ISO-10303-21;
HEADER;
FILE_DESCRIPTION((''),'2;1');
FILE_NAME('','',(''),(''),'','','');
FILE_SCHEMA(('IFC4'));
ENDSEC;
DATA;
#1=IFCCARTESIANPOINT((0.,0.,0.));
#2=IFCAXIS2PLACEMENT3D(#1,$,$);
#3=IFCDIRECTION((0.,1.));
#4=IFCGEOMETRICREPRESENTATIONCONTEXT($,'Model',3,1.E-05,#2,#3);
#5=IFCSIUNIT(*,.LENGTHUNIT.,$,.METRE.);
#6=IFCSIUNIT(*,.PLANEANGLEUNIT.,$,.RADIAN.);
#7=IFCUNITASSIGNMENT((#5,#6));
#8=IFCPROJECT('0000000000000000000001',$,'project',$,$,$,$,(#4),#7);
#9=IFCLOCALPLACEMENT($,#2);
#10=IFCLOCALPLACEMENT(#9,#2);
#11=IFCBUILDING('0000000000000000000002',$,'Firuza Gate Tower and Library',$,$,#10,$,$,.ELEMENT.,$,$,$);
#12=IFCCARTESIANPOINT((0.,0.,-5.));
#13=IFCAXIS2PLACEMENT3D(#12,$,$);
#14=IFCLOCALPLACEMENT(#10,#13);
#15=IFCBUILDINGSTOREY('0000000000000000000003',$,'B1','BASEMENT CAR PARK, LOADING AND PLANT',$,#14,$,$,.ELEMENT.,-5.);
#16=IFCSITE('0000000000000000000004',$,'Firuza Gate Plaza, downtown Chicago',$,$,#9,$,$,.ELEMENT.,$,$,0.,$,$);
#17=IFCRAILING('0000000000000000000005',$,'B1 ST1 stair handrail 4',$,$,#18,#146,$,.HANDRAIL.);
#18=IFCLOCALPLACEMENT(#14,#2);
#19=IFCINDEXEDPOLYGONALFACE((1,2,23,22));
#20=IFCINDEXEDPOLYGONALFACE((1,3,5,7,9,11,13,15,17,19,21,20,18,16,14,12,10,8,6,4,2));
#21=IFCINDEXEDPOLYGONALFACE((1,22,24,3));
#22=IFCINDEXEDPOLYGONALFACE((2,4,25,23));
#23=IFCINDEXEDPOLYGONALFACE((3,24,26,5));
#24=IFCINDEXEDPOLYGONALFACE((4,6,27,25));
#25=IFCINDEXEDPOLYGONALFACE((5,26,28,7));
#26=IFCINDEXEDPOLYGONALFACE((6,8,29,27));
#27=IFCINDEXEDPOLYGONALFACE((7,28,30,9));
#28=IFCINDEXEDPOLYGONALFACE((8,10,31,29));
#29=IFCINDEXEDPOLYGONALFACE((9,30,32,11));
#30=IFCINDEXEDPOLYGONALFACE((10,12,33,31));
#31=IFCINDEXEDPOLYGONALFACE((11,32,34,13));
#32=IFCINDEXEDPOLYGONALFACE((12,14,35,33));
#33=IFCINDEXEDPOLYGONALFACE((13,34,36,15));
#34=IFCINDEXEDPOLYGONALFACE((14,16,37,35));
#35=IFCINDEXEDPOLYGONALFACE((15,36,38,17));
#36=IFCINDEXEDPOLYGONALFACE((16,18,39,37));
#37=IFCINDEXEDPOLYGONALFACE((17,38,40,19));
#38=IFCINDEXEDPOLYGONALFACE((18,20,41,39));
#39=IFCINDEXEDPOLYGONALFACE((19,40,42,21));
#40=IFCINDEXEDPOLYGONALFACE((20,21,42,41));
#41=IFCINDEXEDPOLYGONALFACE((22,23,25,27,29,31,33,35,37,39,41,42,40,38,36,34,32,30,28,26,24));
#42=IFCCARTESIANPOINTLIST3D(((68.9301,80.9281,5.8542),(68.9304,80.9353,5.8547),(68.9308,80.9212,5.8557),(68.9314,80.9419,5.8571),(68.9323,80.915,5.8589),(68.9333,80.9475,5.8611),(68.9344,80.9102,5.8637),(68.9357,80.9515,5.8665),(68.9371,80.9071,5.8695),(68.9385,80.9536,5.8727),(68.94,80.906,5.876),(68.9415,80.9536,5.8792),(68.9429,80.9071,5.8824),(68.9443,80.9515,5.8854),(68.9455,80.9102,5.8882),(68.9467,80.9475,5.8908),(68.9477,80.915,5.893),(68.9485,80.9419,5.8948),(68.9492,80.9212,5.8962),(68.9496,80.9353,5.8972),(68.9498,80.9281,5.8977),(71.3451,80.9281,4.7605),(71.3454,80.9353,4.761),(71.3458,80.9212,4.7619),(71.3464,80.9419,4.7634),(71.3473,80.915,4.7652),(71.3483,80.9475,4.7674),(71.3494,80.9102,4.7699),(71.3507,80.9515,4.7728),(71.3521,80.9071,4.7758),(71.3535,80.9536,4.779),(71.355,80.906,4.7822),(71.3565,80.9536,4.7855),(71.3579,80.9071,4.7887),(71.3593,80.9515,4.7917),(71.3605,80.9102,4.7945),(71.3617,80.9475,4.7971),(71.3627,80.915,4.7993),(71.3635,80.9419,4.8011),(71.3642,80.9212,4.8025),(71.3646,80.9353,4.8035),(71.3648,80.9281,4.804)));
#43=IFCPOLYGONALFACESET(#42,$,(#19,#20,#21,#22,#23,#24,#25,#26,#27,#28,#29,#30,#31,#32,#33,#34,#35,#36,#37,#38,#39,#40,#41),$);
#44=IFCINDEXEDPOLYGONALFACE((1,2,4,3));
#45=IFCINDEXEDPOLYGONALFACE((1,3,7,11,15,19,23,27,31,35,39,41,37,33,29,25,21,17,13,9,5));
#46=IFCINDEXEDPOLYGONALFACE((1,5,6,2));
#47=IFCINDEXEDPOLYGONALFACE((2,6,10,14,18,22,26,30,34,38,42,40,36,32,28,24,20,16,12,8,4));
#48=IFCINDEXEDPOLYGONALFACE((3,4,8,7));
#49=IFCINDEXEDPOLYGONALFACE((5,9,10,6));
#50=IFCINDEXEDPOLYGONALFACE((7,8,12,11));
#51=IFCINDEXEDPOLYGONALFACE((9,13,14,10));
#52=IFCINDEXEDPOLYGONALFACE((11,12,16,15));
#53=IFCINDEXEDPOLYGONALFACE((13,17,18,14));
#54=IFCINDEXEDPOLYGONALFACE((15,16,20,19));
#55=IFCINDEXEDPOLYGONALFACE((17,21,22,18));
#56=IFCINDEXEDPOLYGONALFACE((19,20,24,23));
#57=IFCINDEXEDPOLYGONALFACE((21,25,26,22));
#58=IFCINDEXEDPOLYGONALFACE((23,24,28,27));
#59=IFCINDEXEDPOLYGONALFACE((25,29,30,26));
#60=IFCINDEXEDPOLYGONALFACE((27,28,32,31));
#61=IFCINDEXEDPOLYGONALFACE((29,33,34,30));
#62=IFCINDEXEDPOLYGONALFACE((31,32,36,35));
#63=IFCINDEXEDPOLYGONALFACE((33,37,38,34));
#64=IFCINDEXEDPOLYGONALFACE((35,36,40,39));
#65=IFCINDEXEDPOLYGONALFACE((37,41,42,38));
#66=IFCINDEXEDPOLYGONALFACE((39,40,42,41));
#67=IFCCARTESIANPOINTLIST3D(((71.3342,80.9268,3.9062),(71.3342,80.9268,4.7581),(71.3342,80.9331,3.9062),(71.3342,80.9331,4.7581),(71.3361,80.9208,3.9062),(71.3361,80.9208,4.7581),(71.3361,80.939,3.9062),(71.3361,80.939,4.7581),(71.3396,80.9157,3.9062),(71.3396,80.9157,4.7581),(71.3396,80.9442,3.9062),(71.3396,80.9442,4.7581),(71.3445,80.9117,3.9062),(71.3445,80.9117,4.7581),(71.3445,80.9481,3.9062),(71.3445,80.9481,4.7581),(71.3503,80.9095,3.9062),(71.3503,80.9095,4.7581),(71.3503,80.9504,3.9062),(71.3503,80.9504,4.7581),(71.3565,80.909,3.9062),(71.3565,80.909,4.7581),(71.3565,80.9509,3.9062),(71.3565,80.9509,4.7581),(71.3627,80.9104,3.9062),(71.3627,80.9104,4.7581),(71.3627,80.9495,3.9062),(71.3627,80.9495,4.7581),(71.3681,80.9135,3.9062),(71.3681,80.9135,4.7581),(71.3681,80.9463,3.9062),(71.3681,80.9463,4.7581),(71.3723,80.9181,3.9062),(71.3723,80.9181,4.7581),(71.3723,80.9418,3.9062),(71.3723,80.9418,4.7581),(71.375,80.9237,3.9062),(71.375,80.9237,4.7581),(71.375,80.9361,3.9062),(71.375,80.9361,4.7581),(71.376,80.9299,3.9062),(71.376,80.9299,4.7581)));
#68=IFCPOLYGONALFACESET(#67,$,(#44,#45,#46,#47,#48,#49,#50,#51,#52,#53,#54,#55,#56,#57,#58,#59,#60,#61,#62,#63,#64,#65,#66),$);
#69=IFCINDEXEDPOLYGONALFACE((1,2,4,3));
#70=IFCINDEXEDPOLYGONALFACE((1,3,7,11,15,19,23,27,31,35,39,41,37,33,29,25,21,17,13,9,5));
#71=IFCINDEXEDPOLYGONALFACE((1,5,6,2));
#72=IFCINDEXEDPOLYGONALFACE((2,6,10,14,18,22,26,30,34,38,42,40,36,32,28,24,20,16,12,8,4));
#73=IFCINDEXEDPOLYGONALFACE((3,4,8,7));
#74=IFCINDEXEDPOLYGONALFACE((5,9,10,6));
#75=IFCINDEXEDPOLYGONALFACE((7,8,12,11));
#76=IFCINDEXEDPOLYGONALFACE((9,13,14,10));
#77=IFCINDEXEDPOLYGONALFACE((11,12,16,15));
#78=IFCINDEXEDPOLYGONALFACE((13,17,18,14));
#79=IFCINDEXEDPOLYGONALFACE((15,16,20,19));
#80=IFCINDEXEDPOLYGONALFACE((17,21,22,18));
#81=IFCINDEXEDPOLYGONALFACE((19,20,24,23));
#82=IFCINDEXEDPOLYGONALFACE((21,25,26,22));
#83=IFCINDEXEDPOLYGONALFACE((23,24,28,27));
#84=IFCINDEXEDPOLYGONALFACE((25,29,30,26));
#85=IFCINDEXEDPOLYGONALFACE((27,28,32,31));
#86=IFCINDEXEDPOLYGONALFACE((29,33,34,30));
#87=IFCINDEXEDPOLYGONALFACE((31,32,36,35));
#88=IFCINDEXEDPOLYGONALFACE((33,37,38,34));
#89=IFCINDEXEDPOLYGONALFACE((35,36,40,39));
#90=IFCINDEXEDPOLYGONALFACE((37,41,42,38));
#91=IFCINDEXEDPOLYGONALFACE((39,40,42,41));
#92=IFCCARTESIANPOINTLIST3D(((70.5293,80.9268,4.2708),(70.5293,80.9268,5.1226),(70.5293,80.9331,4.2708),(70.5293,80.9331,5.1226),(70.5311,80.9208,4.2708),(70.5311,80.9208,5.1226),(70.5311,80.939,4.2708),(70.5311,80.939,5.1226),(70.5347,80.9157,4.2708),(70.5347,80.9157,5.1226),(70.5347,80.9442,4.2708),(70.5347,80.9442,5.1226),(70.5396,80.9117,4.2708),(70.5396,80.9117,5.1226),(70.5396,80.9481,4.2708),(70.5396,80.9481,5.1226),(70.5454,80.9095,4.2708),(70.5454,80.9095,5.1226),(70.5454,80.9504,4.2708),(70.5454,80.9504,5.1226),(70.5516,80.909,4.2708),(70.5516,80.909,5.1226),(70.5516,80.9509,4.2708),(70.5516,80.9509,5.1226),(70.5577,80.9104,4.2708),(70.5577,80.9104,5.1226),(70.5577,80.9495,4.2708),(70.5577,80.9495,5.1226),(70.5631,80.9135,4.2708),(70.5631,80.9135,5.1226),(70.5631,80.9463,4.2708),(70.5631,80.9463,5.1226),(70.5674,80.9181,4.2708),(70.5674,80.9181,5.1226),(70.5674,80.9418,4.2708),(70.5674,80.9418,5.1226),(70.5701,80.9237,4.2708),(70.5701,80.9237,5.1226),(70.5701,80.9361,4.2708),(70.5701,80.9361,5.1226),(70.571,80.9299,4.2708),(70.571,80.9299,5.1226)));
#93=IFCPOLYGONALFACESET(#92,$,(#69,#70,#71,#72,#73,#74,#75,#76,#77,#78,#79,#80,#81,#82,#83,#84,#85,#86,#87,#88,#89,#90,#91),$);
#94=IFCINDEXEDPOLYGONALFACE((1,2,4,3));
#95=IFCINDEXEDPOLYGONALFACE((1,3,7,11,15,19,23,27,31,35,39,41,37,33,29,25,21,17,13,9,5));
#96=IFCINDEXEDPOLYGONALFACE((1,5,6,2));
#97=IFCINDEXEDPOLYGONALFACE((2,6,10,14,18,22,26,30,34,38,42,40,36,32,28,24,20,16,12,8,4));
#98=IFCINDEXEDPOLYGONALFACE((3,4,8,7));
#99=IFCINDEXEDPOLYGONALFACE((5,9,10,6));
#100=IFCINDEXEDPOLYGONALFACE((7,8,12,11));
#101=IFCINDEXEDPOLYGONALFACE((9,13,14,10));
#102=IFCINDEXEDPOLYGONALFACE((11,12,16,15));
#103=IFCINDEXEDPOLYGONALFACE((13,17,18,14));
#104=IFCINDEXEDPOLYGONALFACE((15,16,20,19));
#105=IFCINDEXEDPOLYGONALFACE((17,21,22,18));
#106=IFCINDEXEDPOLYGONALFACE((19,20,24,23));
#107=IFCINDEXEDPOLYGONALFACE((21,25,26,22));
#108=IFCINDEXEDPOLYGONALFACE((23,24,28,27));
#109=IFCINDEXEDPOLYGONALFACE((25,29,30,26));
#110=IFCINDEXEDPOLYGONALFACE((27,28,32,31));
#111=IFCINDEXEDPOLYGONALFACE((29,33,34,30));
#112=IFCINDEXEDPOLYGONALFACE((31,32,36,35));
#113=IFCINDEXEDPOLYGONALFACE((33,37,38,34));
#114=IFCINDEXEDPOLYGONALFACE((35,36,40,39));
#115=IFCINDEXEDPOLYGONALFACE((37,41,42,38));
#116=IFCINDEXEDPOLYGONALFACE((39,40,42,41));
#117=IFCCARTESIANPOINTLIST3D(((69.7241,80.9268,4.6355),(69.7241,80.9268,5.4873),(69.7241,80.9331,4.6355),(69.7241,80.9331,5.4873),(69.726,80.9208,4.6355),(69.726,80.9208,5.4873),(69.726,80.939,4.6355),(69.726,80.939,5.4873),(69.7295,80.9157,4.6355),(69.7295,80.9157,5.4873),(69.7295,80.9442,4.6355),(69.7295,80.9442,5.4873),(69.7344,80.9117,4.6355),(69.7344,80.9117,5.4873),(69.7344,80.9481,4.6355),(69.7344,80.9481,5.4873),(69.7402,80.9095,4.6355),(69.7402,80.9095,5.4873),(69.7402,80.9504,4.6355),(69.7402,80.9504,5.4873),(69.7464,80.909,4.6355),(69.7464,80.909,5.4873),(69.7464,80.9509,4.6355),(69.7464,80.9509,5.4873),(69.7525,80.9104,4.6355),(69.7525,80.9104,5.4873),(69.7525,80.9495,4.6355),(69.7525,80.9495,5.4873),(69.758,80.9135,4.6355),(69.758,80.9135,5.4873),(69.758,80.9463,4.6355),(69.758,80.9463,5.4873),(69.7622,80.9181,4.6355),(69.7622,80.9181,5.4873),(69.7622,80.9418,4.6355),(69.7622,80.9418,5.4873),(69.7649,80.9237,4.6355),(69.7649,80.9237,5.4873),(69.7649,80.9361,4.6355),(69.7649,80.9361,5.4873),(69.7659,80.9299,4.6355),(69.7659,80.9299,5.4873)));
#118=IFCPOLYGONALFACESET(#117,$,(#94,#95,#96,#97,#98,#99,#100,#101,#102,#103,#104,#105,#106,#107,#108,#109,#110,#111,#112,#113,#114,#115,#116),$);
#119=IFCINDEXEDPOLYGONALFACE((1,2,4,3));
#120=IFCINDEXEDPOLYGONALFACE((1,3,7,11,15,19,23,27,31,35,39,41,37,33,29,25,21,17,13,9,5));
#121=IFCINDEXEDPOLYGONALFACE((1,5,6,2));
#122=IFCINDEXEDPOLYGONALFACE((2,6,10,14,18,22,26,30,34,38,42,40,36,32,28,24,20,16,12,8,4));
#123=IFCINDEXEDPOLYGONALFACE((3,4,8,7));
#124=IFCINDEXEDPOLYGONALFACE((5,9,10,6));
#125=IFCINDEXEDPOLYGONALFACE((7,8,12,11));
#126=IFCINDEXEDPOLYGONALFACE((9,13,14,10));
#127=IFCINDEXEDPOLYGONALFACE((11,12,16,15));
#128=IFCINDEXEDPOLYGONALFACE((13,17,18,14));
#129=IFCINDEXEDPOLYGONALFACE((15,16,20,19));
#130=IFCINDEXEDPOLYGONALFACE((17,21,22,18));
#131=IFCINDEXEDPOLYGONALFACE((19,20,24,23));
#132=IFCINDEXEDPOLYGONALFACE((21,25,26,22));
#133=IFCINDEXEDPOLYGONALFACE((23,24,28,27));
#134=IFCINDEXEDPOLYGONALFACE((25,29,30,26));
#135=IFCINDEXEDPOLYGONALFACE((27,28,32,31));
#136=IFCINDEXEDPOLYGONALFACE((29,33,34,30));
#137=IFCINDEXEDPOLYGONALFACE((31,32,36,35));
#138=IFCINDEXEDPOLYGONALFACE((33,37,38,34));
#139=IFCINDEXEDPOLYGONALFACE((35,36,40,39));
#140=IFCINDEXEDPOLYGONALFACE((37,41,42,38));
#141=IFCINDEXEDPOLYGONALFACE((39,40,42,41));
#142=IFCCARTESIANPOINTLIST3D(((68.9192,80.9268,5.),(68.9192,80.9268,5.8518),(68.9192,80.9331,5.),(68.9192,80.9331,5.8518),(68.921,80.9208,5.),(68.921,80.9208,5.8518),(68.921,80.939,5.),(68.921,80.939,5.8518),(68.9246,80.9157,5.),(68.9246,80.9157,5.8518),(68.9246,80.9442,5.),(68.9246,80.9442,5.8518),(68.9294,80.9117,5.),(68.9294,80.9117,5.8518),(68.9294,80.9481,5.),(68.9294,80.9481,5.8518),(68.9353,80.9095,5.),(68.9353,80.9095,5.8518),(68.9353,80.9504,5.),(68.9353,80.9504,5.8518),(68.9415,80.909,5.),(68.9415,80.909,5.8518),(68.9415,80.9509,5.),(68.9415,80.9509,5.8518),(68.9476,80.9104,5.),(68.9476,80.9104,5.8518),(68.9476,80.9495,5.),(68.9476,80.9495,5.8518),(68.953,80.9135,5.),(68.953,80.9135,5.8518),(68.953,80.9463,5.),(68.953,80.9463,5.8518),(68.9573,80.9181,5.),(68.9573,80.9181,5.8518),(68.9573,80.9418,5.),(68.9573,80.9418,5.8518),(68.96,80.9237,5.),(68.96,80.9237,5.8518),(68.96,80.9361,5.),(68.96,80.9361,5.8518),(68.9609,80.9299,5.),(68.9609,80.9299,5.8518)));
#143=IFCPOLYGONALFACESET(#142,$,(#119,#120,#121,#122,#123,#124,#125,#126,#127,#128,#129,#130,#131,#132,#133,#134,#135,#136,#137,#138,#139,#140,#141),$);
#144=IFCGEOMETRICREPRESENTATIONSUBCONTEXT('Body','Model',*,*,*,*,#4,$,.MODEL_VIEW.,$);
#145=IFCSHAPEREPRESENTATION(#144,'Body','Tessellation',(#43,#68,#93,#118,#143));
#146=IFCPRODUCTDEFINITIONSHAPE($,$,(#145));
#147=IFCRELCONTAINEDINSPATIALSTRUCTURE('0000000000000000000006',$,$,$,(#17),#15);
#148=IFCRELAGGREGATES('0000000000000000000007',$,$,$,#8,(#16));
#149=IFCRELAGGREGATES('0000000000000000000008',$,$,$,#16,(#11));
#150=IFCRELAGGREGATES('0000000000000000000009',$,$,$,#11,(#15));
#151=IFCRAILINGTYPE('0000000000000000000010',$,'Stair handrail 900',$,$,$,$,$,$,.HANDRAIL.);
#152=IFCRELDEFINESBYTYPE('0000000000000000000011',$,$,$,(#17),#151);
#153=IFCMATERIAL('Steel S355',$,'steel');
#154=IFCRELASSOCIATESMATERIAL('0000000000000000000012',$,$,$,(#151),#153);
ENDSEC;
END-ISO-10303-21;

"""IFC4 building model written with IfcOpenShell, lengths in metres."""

from ifc_helpers import new_model, si_unit, direction, frame, origin, origin_2d, place, context, subcontext, project, spatial, circle, extrude, material, type_object, element, save


model = new_model("IFC4")

# Units and contexts
model_context = context("Model", 3, precision=1e-05, world=origin(), true_north=direction((0.0, 1.0)))
body_context = subcontext(model_context, "Body", "Model", "MODEL_VIEW")
ifc_project = project(units=[si_unit("LENGTHUNIT", "METRE"), si_unit("PLANEANGLEUNIT", "RADIAN")], contexts=[model_context])

# Site, building, storey
site_placement = place(None, origin())
site = spatial("IfcSite", under=ifc_project, at=site_placement, Name="Firuza Gate Plaza, downtown Chicago", CompositionType="ELEMENT", RefElevation=0.0)
building_placement = place(site_placement, origin())
building = spatial("IfcBuilding", under=site, at=building_placement, Name="Firuza Gate Tower and Library", CompositionType="ELEMENT")
storey_placement = place(building_placement, frame((0.0, 0.0, -5.0)))
storey = spatial("IfcBuildingStorey", under=building, at=storey_placement, Name="B1", Description="BASEMENT CAR PARK, LOADING AND PLANT", CompositionType="ELEMENT", Elevation=-5.0)

# Railing
ifc_material_1 = material(Name="Steel S355", Category="steel")
railing_type_1 = type_object("IfcRailingType", Name="Stair handrail 900", PredefinedType="HANDRAIL", material=ifc_material_1)
for number, where, name in (
    (1, (71.355, 80.9299, 3.9062), "B1 ST1 stair handrail 4"),
):
    element("IfcRailing", number, at=place(storey_placement, frame(where)), inside=storey, type_object=railing_type_1, Name=name, PredefinedType="HANDRAIL", context=body_context, shape_type="SweptSolid", body=[
        extrude(circle(Radius=0.0239, at=origin_2d()), frame((0.0, 0.0, 0.876), z_axis=(-0.910933, 0.0, 0.412554), x_axis=(0.0, -1.0, 0.0)), (0.0, 0.0, 1.0), 2.6511),
        extrude(circle(Radius=0.021, at=origin_2d()), origin(), (0.0, 0.0, 1.0), 0.8518),
        extrude(circle(Radius=0.021, at=origin_2d()), frame((-0.8049, 0.0, 0.3645)), (0.0, 0.0, 1.0), 0.8518),
        extrude(circle(Radius=0.021, at=origin_2d()), frame((-1.6101, 0.0, 0.7292)), (0.0, 0.0, 1.0), 0.8518),
        extrude(circle(Radius=0.021, at=origin_2d()), frame((-2.415, 0.0, 1.0938)), (0.0, 0.0, 1.0), 0.8518),
    ])

save(model, "model.ifc")
